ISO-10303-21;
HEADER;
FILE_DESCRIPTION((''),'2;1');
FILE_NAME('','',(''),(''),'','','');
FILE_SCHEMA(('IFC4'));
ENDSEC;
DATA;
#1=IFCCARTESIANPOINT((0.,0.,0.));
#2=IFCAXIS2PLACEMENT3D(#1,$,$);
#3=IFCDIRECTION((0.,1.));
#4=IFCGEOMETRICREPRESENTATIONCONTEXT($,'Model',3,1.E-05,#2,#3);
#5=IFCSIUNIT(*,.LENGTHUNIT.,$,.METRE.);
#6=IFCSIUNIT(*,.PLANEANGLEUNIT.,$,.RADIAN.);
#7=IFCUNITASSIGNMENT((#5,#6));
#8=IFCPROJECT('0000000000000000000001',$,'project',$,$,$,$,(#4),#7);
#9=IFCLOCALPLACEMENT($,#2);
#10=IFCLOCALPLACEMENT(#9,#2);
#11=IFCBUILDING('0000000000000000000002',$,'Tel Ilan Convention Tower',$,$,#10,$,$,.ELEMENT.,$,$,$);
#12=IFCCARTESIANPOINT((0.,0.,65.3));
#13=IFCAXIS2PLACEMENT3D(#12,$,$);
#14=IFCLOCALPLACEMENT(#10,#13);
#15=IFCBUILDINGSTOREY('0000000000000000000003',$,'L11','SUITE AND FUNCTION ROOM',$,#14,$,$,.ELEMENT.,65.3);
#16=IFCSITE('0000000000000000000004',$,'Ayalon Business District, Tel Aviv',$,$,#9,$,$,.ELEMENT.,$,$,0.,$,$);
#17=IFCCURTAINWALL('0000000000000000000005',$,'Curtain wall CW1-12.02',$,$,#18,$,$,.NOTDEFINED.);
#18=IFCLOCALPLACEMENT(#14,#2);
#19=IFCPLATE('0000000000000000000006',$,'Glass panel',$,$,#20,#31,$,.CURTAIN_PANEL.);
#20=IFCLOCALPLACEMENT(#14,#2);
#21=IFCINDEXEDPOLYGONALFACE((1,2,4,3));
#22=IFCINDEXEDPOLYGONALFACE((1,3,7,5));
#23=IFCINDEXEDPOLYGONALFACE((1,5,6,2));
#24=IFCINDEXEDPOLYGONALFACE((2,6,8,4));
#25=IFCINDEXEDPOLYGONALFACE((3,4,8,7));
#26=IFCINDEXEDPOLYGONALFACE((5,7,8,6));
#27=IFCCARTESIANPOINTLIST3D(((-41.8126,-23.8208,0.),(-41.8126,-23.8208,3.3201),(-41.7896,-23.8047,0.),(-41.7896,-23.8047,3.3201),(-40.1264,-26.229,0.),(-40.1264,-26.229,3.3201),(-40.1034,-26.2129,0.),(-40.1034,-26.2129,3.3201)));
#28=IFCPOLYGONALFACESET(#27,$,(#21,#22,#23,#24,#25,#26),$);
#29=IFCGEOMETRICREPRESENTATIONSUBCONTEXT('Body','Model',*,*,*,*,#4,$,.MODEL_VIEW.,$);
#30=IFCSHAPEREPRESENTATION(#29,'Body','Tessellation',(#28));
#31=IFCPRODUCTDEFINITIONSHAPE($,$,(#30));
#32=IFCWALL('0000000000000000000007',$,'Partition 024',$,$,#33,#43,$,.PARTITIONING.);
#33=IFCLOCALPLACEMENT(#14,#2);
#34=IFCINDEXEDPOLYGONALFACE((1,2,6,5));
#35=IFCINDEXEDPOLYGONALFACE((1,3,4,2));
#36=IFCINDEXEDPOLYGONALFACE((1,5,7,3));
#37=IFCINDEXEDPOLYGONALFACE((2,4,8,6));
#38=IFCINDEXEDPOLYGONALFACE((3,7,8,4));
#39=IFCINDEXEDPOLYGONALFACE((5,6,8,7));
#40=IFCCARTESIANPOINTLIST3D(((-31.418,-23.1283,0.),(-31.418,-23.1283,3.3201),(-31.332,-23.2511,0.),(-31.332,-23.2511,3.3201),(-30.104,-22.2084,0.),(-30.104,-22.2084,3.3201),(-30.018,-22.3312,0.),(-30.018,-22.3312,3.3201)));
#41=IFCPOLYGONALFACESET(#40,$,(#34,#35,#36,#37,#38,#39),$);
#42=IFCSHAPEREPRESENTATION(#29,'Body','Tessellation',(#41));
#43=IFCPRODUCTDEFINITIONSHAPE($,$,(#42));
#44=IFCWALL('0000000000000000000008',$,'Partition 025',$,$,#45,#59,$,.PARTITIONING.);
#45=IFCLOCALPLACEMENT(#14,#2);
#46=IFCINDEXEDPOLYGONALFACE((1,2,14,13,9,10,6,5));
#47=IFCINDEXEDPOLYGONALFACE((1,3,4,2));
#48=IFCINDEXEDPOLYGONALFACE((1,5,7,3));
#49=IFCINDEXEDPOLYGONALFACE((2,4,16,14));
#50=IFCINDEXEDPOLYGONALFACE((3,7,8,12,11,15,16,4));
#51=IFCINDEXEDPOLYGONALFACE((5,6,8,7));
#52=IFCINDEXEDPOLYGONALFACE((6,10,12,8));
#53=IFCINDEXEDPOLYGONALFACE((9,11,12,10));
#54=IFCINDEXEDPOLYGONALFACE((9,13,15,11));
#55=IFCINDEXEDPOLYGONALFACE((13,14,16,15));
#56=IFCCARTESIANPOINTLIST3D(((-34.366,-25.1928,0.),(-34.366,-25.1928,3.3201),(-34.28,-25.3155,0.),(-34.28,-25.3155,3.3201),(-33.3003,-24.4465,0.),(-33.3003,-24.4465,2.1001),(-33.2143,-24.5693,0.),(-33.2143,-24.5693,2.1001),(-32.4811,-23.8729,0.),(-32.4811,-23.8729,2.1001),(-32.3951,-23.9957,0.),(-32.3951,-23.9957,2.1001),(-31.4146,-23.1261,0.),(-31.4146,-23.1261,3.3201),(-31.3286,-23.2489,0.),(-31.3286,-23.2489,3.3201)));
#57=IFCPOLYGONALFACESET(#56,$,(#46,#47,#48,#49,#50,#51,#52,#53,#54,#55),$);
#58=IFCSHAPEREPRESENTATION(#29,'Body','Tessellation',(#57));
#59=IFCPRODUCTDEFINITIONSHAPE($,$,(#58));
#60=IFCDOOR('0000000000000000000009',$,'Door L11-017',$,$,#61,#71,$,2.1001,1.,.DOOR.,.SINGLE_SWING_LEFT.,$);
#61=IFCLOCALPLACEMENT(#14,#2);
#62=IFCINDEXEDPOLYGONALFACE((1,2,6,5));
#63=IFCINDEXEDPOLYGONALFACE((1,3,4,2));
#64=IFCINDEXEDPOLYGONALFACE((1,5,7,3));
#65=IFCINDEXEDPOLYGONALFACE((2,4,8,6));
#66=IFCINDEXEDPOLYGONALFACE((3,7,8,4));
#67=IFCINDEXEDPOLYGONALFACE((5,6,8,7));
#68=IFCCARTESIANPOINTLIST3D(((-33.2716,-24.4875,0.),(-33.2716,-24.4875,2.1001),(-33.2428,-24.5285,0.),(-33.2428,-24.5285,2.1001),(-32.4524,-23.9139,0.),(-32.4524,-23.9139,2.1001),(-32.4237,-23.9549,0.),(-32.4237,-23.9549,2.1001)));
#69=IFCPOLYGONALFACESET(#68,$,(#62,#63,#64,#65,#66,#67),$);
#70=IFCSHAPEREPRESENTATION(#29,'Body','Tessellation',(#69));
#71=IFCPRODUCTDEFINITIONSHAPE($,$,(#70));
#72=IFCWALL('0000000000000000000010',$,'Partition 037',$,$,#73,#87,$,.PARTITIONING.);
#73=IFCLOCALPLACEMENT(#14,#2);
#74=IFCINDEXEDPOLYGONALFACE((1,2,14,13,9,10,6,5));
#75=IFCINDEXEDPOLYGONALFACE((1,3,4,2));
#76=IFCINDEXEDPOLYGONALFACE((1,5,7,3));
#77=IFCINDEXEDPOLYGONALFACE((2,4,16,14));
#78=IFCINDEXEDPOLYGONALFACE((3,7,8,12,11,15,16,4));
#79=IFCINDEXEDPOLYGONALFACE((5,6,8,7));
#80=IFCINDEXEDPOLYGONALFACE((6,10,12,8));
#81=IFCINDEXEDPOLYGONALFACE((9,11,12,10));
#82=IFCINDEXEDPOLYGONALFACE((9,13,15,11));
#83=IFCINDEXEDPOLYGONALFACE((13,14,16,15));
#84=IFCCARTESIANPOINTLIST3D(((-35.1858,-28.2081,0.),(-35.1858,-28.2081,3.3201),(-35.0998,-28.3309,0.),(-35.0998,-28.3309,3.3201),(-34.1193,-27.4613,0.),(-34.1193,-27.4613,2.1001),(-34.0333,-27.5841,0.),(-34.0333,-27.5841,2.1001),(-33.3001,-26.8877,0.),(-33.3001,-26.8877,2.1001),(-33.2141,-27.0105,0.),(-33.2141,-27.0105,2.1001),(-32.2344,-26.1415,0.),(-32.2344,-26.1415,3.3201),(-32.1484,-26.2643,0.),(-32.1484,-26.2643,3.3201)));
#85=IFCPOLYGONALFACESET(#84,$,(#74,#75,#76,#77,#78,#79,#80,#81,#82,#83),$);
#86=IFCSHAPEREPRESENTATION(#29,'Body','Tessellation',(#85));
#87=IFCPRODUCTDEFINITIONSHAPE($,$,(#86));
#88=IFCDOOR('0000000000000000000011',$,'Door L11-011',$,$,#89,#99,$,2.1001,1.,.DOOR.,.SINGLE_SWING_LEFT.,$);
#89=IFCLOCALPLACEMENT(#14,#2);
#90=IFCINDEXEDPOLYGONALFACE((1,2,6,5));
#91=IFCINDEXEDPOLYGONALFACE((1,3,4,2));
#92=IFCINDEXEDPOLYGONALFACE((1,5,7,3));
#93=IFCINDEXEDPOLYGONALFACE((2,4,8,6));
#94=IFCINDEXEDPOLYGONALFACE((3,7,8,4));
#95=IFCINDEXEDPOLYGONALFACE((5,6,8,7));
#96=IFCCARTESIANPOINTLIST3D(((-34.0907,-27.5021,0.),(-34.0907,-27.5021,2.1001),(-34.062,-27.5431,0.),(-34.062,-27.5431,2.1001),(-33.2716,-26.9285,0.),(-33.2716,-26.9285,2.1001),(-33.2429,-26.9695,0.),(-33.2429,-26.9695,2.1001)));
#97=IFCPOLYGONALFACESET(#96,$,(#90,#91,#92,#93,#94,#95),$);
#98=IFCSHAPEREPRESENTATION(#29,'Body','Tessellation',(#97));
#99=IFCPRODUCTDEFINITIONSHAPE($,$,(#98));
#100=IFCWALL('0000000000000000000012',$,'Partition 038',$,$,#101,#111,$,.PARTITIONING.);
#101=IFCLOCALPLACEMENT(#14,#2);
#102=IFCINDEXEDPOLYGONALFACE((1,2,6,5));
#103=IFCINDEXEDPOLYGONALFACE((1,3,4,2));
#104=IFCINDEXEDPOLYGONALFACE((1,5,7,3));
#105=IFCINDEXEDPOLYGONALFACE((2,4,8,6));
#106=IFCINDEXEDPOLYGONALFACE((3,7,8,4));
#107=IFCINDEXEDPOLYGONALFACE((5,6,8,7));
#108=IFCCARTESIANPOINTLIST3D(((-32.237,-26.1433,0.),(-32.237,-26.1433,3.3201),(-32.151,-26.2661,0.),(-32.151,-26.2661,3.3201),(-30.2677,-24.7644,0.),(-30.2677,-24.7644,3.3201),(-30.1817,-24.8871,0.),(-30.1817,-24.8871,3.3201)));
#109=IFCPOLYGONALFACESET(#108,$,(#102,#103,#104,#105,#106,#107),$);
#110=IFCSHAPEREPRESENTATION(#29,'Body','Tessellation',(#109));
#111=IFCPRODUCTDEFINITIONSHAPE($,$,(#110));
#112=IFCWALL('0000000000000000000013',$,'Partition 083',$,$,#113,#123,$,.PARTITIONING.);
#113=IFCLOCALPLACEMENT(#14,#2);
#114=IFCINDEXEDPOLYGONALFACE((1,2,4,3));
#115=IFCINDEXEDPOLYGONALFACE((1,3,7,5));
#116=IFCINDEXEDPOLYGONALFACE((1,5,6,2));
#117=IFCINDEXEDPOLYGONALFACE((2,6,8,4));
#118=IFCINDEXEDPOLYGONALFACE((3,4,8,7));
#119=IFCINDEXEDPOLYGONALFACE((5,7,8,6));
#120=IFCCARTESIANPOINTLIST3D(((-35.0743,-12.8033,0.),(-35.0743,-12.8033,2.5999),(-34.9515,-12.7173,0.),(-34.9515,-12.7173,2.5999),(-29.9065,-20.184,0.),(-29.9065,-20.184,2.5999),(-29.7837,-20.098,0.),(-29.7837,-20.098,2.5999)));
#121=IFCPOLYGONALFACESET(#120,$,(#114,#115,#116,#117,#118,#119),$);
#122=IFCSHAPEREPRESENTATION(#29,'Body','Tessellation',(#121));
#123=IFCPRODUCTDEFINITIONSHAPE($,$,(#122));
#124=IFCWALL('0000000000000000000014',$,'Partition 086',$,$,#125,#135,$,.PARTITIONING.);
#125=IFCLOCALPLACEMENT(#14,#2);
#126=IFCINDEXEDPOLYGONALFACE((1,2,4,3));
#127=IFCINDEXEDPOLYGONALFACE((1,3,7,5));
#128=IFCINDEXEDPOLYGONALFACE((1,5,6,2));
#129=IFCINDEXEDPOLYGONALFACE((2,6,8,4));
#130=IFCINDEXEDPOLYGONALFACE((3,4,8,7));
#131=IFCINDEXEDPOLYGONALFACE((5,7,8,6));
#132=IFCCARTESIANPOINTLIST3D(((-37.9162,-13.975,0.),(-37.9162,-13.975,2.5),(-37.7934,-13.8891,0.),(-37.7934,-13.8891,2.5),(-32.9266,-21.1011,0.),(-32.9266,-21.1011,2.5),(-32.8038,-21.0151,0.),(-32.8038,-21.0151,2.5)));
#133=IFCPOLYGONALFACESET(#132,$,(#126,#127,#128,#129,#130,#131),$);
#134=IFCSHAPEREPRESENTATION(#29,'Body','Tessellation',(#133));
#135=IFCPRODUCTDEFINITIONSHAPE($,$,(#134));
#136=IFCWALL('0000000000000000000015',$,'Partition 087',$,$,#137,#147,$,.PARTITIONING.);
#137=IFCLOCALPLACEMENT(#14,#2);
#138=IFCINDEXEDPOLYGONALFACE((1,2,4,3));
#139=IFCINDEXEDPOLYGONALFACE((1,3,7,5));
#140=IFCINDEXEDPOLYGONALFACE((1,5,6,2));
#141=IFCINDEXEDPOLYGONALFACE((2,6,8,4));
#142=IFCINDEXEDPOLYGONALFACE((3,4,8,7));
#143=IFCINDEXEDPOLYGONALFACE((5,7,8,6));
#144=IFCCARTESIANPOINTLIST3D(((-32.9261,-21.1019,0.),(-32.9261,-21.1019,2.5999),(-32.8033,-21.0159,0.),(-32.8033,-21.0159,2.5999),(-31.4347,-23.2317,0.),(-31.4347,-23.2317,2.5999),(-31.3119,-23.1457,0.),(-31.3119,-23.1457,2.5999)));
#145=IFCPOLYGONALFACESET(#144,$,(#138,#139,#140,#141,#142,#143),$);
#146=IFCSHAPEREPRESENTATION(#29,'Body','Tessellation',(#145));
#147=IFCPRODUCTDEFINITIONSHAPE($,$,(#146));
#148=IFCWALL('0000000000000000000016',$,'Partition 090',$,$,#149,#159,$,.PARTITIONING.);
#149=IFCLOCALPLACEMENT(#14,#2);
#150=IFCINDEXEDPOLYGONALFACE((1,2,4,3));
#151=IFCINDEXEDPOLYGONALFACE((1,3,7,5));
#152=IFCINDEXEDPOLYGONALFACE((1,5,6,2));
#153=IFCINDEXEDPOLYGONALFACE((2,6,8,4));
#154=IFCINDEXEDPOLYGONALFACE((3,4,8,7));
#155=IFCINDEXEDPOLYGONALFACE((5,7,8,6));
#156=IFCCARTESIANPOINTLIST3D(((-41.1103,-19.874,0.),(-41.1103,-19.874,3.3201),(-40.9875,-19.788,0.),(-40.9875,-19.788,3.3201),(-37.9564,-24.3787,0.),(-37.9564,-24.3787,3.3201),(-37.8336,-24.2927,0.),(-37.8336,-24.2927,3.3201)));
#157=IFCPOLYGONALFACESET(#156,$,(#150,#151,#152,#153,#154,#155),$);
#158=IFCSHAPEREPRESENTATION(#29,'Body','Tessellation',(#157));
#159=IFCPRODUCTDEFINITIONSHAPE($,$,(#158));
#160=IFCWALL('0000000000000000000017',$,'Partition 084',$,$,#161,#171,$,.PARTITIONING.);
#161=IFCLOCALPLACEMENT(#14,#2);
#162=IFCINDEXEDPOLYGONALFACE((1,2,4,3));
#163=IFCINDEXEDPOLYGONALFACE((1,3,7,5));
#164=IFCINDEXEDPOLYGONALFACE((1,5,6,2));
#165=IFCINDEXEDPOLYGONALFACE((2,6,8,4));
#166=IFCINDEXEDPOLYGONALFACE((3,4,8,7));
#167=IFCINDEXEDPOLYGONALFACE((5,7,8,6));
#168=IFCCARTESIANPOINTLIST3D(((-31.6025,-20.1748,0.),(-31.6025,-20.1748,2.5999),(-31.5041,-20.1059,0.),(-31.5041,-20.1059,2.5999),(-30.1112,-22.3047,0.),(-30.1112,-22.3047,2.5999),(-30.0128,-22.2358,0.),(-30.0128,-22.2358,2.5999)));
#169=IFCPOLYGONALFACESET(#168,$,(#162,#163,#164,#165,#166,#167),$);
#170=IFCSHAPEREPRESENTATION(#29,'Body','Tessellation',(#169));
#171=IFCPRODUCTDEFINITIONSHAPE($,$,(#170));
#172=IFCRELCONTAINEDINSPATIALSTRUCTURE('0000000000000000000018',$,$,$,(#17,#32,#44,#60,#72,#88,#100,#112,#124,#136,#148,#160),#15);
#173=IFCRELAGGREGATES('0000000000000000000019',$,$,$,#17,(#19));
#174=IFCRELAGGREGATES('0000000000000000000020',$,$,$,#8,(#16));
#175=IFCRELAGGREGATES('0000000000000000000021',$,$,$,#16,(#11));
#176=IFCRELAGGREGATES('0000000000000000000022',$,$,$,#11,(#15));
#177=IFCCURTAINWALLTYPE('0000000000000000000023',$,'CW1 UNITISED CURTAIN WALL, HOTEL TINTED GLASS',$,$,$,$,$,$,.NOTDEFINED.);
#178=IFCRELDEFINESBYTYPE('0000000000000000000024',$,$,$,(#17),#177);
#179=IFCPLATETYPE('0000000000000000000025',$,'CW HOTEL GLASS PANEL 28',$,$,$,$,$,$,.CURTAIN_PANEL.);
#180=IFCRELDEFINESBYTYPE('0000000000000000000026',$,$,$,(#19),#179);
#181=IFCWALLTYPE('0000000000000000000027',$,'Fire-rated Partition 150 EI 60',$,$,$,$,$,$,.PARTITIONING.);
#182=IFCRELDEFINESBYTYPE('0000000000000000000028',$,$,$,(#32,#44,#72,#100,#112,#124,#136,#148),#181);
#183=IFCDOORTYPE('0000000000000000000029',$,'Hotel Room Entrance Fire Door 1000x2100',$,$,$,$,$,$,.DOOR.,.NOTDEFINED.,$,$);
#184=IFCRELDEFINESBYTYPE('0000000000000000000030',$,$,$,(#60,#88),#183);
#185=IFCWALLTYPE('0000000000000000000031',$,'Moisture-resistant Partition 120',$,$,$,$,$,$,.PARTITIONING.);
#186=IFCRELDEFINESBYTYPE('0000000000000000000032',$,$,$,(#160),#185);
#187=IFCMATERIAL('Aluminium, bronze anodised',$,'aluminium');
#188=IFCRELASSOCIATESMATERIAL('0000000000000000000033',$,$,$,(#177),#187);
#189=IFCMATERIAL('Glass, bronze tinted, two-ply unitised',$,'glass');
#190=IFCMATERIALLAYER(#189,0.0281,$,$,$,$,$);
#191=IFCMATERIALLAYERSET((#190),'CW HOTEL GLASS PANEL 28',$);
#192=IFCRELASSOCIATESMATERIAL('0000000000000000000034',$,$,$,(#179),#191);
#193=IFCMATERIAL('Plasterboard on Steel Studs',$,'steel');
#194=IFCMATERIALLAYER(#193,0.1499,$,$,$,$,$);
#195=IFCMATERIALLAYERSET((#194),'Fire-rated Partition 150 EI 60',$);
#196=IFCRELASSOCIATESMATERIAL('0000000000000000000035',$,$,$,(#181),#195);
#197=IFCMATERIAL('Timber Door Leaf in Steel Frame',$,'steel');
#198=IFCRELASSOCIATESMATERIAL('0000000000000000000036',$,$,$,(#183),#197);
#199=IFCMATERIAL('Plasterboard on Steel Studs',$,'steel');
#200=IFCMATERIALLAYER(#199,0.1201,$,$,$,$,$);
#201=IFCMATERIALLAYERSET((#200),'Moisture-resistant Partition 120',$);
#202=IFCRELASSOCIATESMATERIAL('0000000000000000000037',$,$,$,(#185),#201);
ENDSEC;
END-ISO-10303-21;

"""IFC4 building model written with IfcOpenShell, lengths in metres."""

from ifc_helpers import new_model, si_unit, direction, frame, frame_2d, origin, origin_2d, place, context, subcontext, project, spatial, rectangle, extrude, material, layer, layer_set, type_object, element, fill, aggregate, save


model = new_model("IFC4")

# Units and contexts
model_context = context("Model", 3, precision=1e-05, world=origin(), true_north=direction((0.0, 1.0)))
body_context = subcontext(model_context, "Body", "Model", "MODEL_VIEW")
ifc_project = project(units=[si_unit("LENGTHUNIT", "METRE"), si_unit("PLANEANGLEUNIT", "RADIAN")], contexts=[model_context])

# Site, building, storey
site_placement = place(None, origin())
site = spatial("IfcSite", under=ifc_project, at=site_placement, Name="Ayalon Business District, Tel Aviv", CompositionType="ELEMENT", RefElevation=0.0)
building_placement = place(site_placement, origin())
building = spatial("IfcBuilding", under=site, at=building_placement, Name="Tel Ilan Convention Tower", CompositionType="ELEMENT")
storey_placement = place(building_placement, frame((0.0, 0.0, 65.3)))
storey = spatial("IfcBuildingStorey", under=building, at=storey_placement, Name="L11", Description="SUITE AND FUNCTION ROOM", CompositionType="ELEMENT", Elevation=65.3)

# Curtain wall, plate
ifc_material_1 = material(Name="Aluminium, bronze anodised", Category="aluminium")
curtain_wall_type = type_object("IfcCurtainWallType", Name="CW1 UNITISED CURTAIN WALL, HOTEL TINTED GLASS", PredefinedType="NOTDEFINED", material=ifc_material_1)
curtain_wall_placement = place(storey_placement, origin())
curtain_wall = element("IfcCurtainWall", 1, at=curtain_wall_placement, inside=storey, type_object=curtain_wall_type, Name="Curtain wall CW1-12.02", PredefinedType="NOTDEFINED")
ifc_material_2 = material(Name="Glass, bronze tinted, two-ply unitised", Category="glass")
ifc_layer_1 = layer(ifc_material_2, 0.0281)
ifc_layer_set_1 = layer_set([ifc_layer_1], Name="CW HOTEL GLASS PANEL 28")
plate_type = type_object("IfcPlateType", Name="CW HOTEL GLASS PANEL 28", PredefinedType="CURTAIN_PANEL", material=ifc_layer_set_1)
plate_1_placement = place(storey_placement, frame((-40.958, -25.0168, 0.0), z_axis=(0.0, 0.0, 1.0), x_axis=(0.573576, -0.819152, 0.0)))
plate_1 = element("IfcPlate", 2, at=plate_1_placement, type_object=plate_type, Name="Glass panel", PredefinedType="CURTAIN_PANEL", context=body_context, shape_type="SweptSolid", body=[
    extrude(rectangle(XDim=2.9399, YDim=0.0281, at=origin_2d()), origin(), (0.0, 0.0, 1.0), 3.3201),
])
aggregate(curtain_wall, [plate_1])

# Wall
ifc_material_3 = material(Name="Plasterboard on Steel Studs", Category="steel")
ifc_layer_2 = layer(ifc_material_3, 0.1499)
ifc_layer_set_2 = layer_set([ifc_layer_2], Name="Fire-rated Partition 150 EI 60")
wall_type_1 = type_object("IfcWallType", Name="Fire-rated Partition 150 EI 60", PredefinedType="PARTITIONING", material=ifc_layer_set_2)
wall_1_placement = place(storey_placement, frame((-31.375, -23.1897, 0.0), z_axis=(0.0, 0.0, 1.0), x_axis=(0.819189, 0.573524, 0.0)))
element("IfcWall", 3, at=wall_1_placement, inside=storey, type_object=wall_type_1, Name="Partition 024", PredefinedType="PARTITIONING", context=body_context, shape_type="SweptSolid", body=[
    extrude(rectangle(XDim=1.604, YDim=0.1499, at=frame_2d((0.802, 0.0))), origin(), (0.0, 0.0, 1.0), 3.3201),
])

# Walls, openings, doors
wall_2_placement = place(storey_placement, frame((-34.323, -25.2542, 0.0), z_axis=(0.0, 0.0, 1.0), x_axis=(0.819146, 0.573585, 0.0)))
wall_2 = element("IfcWall", 4, at=wall_2_placement, inside=storey, type_object=wall_type_1, Name="Partition 025", PredefinedType="PARTITIONING", context=body_context, shape_type="SweptSolid", body=[
    extrude(rectangle(XDim=3.603, YDim=0.1499, at=frame_2d((1.8015, 0.0))), origin(), (0.0, 0.0, 1.0), 3.3201),
])
opening_1_placement = place(wall_2_placement, frame((1.301, 0.0, 0.0)))
opening_1 = element("IfcOpeningElement", 5, at=opening_1_placement, cuts=wall_2, PredefinedType="OPENING", context=body_context, shape_type="SweptSolid", body=[
    extrude(rectangle(XDim=1.0, YDim=2.1001, at=frame_2d((0.5, 1.05))), frame((0.0, 0.085, 0.0), z_axis=(0.0, -1.0, 0.0), x_axis=(1.0, 0.0, 0.0)), (0.0, 0.0, 1.0), 0.1699),
])
ifc_material_4 = material(Name="Timber Door Leaf in Steel Frame", Category="steel")
door_type_1 = type_object("IfcDoorType", Name="Hotel Room Entrance Fire Door 1000x2100", OperationType="NOTDEFINED", PredefinedType="DOOR", material=ifc_material_4)
door_1_placement = place(opening_1_placement, origin())
door_1 = element("IfcDoor", 6, at=door_1_placement, inside=storey, type_object=door_type_1, Name="Door L11-017", OperationType="SINGLE_SWING_LEFT", OverallHeight=2.1001, OverallWidth=1.0, PredefinedType="DOOR", context=body_context, shape_type="SweptSolid", body=[
    extrude(rectangle(XDim=1.0, YDim=2.1001, at=frame_2d((0.5, 1.05))), frame((0.0, 0.0249, 0.0), z_axis=(0.0, -1.0, 0.0), x_axis=(1.0, 0.0, 0.0)), (0.0, 0.0, 1.0), 0.05),
])
fill(opening_1, door_1)
wall_3_placement = place(storey_placement, frame((-32.1914, -26.2029, 0.0), z_axis=(0.0, 0.0, 1.0), x_axis=(-0.819146, -0.573585, 0.0)))
wall_3 = element("IfcWall", 7, at=wall_3_placement, inside=storey, type_object=wall_type_1, Name="Partition 037", PredefinedType="PARTITIONING", context=body_context, shape_type="SweptSolid", body=[
    extrude(rectangle(XDim=3.603, YDim=0.1499, at=frame_2d((1.8015, 0.0))), origin(), (0.0, 0.0, 1.0), 3.3201),
])
opening_2_placement = place(wall_3_placement, frame((1.301, 0.0, 0.0)))
opening_2 = element("IfcOpeningElement", 8, at=opening_2_placement, cuts=wall_3, PredefinedType="OPENING", context=body_context, shape_type="SweptSolid", body=[
    extrude(rectangle(XDim=1.0, YDim=2.1001, at=frame_2d((0.5, 1.05))), frame((0.0, 0.085, 0.0), z_axis=(0.0, -1.0, 0.0), x_axis=(1.0, 0.0, 0.0)), (0.0, 0.0, 1.0), 0.1699),
])
door_2_placement = place(opening_2_placement, origin())
door_2 = element("IfcDoor", 9, at=door_2_placement, inside=storey, type_object=door_type_1, Name="Door L11-011", OperationType="SINGLE_SWING_LEFT", OverallHeight=2.1001, OverallWidth=1.0, PredefinedType="DOOR", context=body_context, shape_type="SweptSolid", body=[
    extrude(rectangle(XDim=1.0, YDim=2.1001, at=frame_2d((0.5, 1.05))), frame((0.0, 0.0249, 0.0), z_axis=(0.0, -1.0, 0.0), x_axis=(1.0, 0.0, 0.0)), (0.0, 0.0, 1.0), 0.05),
])
fill(opening_2, door_2)

# Walls
wall_4_placement = place(storey_placement, frame((-30.2246, -24.8257, 0.0), z_axis=(0.0, 0.0, 1.0), x_axis=(-0.819146, -0.573585, 0.0)))
element("IfcWall", 10, at=wall_4_placement, inside=storey, type_object=wall_type_1, Name="Partition 038", PredefinedType="PARTITIONING", context=body_context, shape_type="SweptSolid", body=[
    extrude(rectangle(XDim=2.4041, YDim=0.1499, at=frame_2d((1.2021, 0.0))), origin(), (0.0, 0.0, 1.0), 3.3201),
])
wall_5_placement = place(storey_placement, frame((-29.8452, -20.1409, 0.0), z_axis=(0.0, 0.0, 1.0), x_axis=(-0.573559, 0.819164, 0.0)))
element("IfcWall", 11, at=wall_5_placement, inside=storey, type_object=wall_type_1, Name="Partition 083", PredefinedType="PARTITIONING", context=body_context, shape_type="SweptSolid", body=[
    extrude(rectangle(XDim=9.01, YDim=0.1499, at=frame_2d((4.5049, 0.0))), origin(), (0.0, 0.0, 1.0), 2.5999),
])
wall_6_placement = place(storey_placement, frame((-32.8652, -21.0581, 0.0), z_axis=(0.0, 0.0, 1.0), x_axis=(-0.573564, 0.819161, 0.0)))
element("IfcWall", 12, at=wall_6_placement, inside=storey, type_object=wall_type_1, Name="Partition 086", PredefinedType="PARTITIONING", context=body_context, shape_type="SweptSolid", body=[
    extrude(rectangle(XDim=8.6992, YDim=0.1499, at=frame_2d((4.3496, 0.0))), origin(), (0.0, 0.0, 1.0), 2.5),
])
wall_7_placement = place(storey_placement, frame((-31.3733, -23.1887, 0.0), z_axis=(0.0, 0.0, 1.0), x_axis=(-0.573601, 0.819135, 0.0)))
element("IfcWall", 13, at=wall_7_placement, inside=storey, type_object=wall_type_1, Name="Partition 087", PredefinedType="PARTITIONING", context=body_context, shape_type="SweptSolid", body=[
    extrude(rectangle(XDim=2.6001, YDim=0.1499, at=frame_2d((1.3, 0.0))), origin(), (0.0, 0.0, 1.0), 2.5999),
])
wall_8_placement = place(storey_placement, frame((-37.895, -24.3357, 0.0), z_axis=(0.0, 0.0, 1.0), x_axis=(-0.573531, 0.819184, 0.0)))
element("IfcWall", 14, at=wall_8_placement, inside=storey, type_object=wall_type_1, Name="Partition 090", PredefinedType="PARTITIONING", context=body_context, shape_type="SweptSolid", body=[
    extrude(rectangle(XDim=5.499, YDim=0.1499, at=frame_2d((2.7495, 0.0))), origin(), (0.0, 0.0, 1.0), 3.3201),
])
ifc_material_5 = material(Name="Plasterboard on Steel Studs", Category="steel")
ifc_layer_3 = layer(ifc_material_5, 0.1201)
ifc_layer_set_3 = layer_set([ifc_layer_3], Name="Moisture-resistant Partition 120")
wall_type_2 = type_object("IfcWallType", Name="Moisture-resistant Partition 120", PredefinedType="PARTITIONING", material=ifc_layer_set_3)
wall_9_placement = place(storey_placement, frame((-30.062, -22.2703, 0.0), z_axis=(0.0, 0.0, 1.0), x_axis=(-0.573538, 0.819179, 0.0)))
element("IfcWall", 15, at=wall_9_placement, inside=storey, type_object=wall_type_2, Name="Partition 084", PredefinedType="PARTITIONING", context=body_context, shape_type="SweptSolid", body=[
    extrude(rectangle(XDim=2.6001, YDim=0.1201, at=frame_2d((1.3, 0.0))), origin(), (0.0, 0.0, 1.0), 2.5999),
])

save(model, "model.ifc")
